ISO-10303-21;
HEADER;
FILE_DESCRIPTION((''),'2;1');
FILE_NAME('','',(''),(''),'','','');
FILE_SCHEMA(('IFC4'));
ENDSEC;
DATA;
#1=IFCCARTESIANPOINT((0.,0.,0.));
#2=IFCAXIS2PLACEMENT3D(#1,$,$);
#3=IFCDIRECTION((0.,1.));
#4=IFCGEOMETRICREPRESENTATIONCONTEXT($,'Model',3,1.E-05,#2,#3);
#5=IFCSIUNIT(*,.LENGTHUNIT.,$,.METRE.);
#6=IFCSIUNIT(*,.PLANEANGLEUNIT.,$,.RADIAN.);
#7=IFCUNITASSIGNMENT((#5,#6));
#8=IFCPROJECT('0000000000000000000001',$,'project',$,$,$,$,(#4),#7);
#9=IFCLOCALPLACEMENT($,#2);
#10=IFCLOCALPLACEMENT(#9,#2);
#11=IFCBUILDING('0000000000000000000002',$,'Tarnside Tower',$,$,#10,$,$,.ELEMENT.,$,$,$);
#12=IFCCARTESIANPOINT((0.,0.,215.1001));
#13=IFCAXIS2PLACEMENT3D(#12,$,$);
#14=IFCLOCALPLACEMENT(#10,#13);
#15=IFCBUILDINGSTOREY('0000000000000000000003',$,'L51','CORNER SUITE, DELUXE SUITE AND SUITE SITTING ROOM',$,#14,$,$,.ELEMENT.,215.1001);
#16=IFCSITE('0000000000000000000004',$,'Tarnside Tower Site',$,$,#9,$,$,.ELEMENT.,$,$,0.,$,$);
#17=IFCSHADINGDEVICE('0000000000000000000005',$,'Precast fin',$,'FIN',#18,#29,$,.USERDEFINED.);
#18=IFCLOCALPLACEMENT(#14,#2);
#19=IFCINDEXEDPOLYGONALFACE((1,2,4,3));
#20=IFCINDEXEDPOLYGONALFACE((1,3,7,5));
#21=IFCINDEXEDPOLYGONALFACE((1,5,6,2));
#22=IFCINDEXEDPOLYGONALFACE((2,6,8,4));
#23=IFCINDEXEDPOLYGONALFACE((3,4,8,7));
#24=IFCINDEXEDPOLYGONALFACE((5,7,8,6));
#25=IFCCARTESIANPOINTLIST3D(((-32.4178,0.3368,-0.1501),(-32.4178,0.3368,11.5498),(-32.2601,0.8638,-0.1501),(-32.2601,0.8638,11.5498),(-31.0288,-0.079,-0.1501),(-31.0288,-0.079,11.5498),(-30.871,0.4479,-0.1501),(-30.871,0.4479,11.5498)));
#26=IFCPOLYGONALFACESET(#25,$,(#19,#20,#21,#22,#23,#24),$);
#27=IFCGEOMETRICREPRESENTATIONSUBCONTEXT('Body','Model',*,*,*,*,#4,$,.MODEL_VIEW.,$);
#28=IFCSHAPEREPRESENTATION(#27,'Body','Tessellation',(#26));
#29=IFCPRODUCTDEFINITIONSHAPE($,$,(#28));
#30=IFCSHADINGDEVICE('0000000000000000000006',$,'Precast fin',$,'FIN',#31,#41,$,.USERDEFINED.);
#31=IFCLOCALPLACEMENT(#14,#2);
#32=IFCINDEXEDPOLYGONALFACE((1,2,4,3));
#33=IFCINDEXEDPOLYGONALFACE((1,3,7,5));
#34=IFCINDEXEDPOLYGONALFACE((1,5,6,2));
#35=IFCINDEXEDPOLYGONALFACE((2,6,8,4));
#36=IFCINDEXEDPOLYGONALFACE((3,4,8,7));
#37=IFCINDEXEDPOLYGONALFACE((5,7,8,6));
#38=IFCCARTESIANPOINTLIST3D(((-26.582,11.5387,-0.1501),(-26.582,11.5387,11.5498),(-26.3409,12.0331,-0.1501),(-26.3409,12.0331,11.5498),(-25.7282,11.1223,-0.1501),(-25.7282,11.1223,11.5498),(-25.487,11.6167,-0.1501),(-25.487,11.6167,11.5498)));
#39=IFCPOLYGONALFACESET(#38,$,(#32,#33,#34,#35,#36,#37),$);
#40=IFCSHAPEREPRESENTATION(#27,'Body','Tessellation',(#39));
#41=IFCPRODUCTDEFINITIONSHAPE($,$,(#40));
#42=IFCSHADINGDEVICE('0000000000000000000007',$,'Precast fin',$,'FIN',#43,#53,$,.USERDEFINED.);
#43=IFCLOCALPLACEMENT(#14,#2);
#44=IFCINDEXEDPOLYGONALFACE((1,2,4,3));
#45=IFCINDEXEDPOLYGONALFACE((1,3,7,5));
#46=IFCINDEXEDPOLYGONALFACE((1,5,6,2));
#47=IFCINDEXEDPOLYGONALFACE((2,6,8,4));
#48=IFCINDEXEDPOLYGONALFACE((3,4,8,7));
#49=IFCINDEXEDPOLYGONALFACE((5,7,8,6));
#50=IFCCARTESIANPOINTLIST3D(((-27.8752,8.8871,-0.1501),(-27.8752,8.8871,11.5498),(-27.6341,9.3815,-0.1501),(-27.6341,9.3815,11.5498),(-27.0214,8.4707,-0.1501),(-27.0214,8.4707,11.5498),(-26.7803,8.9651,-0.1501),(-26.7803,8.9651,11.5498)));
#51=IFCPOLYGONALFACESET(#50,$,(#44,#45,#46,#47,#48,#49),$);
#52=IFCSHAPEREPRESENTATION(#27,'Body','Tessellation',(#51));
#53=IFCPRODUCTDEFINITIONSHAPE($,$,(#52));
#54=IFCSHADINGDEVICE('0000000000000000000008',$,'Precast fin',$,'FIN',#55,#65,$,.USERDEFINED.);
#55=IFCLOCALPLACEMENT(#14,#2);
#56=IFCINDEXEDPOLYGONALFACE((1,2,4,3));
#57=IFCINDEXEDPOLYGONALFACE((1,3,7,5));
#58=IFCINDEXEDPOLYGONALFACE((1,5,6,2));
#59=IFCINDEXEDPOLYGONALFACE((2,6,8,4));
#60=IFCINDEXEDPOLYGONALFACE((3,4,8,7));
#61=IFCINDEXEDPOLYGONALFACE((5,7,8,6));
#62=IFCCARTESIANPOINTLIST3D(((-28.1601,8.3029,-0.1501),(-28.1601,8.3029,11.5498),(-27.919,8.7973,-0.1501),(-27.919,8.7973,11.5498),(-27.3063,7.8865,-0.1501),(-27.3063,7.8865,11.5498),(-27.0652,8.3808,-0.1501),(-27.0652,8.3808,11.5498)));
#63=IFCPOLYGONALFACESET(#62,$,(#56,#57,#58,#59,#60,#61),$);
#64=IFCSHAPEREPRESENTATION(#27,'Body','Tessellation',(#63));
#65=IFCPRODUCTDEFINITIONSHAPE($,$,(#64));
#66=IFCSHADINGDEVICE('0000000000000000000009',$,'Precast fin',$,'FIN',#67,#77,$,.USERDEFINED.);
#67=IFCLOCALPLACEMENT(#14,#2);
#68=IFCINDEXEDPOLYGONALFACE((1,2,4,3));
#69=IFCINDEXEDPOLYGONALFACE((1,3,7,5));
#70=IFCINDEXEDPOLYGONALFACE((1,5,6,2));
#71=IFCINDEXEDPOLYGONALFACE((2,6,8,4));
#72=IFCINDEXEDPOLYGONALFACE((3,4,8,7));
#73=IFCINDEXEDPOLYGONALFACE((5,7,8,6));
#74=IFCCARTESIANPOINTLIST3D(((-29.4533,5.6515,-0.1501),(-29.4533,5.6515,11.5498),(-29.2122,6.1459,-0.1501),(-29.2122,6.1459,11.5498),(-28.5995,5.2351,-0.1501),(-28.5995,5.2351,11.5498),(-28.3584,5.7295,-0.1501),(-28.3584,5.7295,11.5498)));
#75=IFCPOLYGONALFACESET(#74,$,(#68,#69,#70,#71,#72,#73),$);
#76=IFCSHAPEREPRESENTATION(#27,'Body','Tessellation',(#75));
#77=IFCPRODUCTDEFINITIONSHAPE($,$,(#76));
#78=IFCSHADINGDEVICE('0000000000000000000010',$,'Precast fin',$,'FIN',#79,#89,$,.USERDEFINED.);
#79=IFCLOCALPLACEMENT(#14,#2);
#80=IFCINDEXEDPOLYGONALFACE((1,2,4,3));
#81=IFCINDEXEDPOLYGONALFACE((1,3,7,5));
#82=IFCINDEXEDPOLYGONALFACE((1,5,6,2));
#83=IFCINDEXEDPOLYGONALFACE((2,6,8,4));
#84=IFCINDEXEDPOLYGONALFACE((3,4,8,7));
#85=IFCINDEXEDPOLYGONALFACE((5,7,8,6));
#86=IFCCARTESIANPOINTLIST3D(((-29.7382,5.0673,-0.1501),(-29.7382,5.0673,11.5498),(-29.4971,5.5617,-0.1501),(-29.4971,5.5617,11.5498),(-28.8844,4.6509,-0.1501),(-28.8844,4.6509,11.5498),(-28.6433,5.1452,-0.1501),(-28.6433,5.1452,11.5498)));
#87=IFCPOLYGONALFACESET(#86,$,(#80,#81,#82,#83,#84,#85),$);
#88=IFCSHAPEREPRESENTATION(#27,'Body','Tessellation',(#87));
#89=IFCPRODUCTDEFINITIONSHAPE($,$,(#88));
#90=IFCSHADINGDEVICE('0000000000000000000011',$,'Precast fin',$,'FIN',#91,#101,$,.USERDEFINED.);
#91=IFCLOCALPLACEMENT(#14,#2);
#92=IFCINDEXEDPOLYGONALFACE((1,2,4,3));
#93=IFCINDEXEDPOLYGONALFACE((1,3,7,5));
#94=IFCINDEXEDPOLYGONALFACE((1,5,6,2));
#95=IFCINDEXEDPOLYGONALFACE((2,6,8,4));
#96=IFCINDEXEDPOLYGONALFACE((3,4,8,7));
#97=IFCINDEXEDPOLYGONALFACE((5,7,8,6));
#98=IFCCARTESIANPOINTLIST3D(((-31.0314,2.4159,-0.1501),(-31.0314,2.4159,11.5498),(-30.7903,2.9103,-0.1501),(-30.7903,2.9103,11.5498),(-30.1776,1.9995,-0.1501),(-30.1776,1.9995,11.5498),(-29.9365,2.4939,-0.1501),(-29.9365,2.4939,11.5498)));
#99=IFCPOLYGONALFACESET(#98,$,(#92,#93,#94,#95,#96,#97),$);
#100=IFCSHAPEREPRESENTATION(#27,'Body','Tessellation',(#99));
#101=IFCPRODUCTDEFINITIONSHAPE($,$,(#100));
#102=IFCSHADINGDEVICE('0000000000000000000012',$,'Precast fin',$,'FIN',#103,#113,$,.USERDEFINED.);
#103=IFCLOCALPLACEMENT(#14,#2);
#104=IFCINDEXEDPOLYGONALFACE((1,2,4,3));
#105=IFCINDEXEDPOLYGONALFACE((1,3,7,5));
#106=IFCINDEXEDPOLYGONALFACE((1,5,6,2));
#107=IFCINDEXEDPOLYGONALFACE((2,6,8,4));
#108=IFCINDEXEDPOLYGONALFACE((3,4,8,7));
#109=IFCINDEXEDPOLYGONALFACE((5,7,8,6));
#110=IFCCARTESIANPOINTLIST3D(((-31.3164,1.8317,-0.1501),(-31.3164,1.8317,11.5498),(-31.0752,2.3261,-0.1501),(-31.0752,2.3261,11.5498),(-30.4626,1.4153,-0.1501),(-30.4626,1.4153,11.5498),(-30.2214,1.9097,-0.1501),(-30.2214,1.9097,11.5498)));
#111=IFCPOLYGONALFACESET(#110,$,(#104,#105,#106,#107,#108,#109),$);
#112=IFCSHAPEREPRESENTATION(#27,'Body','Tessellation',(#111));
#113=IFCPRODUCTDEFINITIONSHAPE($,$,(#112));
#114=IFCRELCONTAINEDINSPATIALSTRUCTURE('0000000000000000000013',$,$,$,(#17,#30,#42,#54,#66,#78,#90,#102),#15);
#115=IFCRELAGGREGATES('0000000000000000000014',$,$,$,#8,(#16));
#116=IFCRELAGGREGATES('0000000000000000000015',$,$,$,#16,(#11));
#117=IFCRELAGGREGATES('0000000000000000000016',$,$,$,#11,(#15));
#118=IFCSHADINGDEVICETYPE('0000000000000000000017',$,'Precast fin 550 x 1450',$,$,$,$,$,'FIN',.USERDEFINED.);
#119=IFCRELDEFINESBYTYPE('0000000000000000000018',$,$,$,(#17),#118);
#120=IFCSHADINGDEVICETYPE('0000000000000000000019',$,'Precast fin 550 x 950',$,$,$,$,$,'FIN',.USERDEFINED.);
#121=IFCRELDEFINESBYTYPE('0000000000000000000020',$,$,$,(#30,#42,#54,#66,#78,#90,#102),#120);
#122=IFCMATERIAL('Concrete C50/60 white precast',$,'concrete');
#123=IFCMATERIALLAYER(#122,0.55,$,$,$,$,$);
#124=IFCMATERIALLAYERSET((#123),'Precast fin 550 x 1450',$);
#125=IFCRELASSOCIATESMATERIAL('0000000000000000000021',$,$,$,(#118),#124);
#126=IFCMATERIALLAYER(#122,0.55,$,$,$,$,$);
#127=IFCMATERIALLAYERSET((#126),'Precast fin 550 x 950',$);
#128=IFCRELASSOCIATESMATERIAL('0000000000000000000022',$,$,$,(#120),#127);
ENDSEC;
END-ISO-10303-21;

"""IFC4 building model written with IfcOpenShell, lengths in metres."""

from ifc_helpers import new_model, si_unit, direction, frame, origin, place, context, subcontext, project, spatial, polyline, outline, extrude, material, layer, layer_set, type_object, element, save


model = new_model("IFC4")

# Units and contexts
model_context = context("Model", 3, precision=1e-05, world=origin(), true_north=direction((0.0, 1.0)))
body_context = subcontext(model_context, "Body", "Model", "MODEL_VIEW")
ifc_project = project(units=[si_unit("LENGTHUNIT", "METRE"), si_unit("PLANEANGLEUNIT", "RADIAN")], contexts=[model_context])

# Site, building, storey
site_placement = place(None, origin())
site = spatial("IfcSite", under=ifc_project, at=site_placement, Name="Tarnside Tower Site", CompositionType="ELEMENT", RefElevation=0.0)
building_placement = place(site_placement, origin())
building = spatial("IfcBuilding", under=site, at=building_placement, Name="Tarnside Tower", CompositionType="ELEMENT")
storey_placement = place(building_placement, frame((0.0, 0.0, 215.1001)))
storey = spatial("IfcBuildingStorey", under=building, at=storey_placement, Name="L51", Description="CORNER SUITE, DELUXE SUITE AND SUITE SITTING ROOM", CompositionType="ELEMENT", Elevation=215.1001)

# Shading devices
ifc_material_1 = material(Name="Concrete C50/60 white precast", Category="concrete")
ifc_layer_1 = layer(ifc_material_1, 0.55)
ifc_layer_set_1 = layer_set([ifc_layer_1], Name="Precast fin 550 x 1450")
shading_device_type_1 = type_object("IfcShadingDeviceType", Name="Precast fin 550 x 1450", ElementType="FIN", PredefinedType="USERDEFINED", material=ifc_layer_set_1)
shading_device_placement = place(storey_placement, frame((-30.95, 0.1843, -0.1501), z_axis=(0.286803, 0.95799, 0.0), x_axis=(-0.95799, 0.286803, 0.0)))
element("IfcShadingDevice", 1, at=shading_device_placement, inside=storey, type_object=shading_device_type_1, Name="Precast fin", ObjectType="FIN", PredefinedType="USERDEFINED", context=body_context, shape_type="SweptSolid", body=[
    extrude(outline(polyline([(0.0, 0.0), (1.45, 0.0), (1.45, 11.7), (0.0, 11.7), (0.0, 0.0)])), frame((0.0, 0.0, -0.2749)), (0.0, 0.0, 1.0), 0.55),
])
ifc_layer_2 = layer(ifc_material_1, 0.55)
ifc_layer_set_2 = layer_set([ifc_layer_2], Name="Precast fin 550 x 950")
shading_device_type_2 = type_object("IfcShadingDeviceType", Name="Precast fin 550 x 950", ElementType="FIN", PredefinedType="USERDEFINED", material=ifc_layer_set_2)
for number, where, z_axis, x_axis, name in (
    (2, (-25.6077, 11.3694, -0.1501), (0.438371, 0.898794, 0.0), (-0.898794, 0.438371, 0.0), "Precast fin"),
    (3, (-26.9009, 8.7178, -0.1501), (0.438371, 0.898794, 0.0), (-0.898794, 0.438371, 0.0), "Precast fin"),
    (4, (-27.1858, 8.1335, -0.1501), (0.438371, 0.898794, 0.0), (-0.898794, 0.438371, 0.0), "Precast fin"),
    (5, (-28.479, 5.4822, -0.1501), (0.438371, 0.898794, 0.0), (-0.898794, 0.438371, 0.0), "Precast fin"),
    (6, (-28.7639, 4.8979, -0.1501), (0.438371, 0.898794, 0.0), (-0.898794, 0.438371, 0.0), "Precast fin"),
    (7, (-30.0571, 2.2466, -0.1501), (0.438371, 0.898794, 0.0), (-0.898794, 0.438371, 0.0), "Precast fin"),
    (8, (-30.342, 1.6624, -0.1501), (0.438371, 0.898794, 0.0), (-0.898794, 0.438371, 0.0), "Precast fin"),
):
    element("IfcShadingDevice", number, at=place(storey_placement, frame(where, z_axis=z_axis, x_axis=x_axis)), inside=storey, type_object=shading_device_type_2, Name=name, ObjectType="FIN", PredefinedType="USERDEFINED", context=body_context, shape_type="SweptSolid", body=[
        extrude(outline(polyline([(0.0, 0.0), (0.95, 0.0), (0.95, 11.7), (0.0, 11.7), (0.0, 0.0)])), frame((0.0, 0.0, -0.2749)), (0.0, 0.0, 1.0), 0.55),
    ])

save(model, "model.ifc")
